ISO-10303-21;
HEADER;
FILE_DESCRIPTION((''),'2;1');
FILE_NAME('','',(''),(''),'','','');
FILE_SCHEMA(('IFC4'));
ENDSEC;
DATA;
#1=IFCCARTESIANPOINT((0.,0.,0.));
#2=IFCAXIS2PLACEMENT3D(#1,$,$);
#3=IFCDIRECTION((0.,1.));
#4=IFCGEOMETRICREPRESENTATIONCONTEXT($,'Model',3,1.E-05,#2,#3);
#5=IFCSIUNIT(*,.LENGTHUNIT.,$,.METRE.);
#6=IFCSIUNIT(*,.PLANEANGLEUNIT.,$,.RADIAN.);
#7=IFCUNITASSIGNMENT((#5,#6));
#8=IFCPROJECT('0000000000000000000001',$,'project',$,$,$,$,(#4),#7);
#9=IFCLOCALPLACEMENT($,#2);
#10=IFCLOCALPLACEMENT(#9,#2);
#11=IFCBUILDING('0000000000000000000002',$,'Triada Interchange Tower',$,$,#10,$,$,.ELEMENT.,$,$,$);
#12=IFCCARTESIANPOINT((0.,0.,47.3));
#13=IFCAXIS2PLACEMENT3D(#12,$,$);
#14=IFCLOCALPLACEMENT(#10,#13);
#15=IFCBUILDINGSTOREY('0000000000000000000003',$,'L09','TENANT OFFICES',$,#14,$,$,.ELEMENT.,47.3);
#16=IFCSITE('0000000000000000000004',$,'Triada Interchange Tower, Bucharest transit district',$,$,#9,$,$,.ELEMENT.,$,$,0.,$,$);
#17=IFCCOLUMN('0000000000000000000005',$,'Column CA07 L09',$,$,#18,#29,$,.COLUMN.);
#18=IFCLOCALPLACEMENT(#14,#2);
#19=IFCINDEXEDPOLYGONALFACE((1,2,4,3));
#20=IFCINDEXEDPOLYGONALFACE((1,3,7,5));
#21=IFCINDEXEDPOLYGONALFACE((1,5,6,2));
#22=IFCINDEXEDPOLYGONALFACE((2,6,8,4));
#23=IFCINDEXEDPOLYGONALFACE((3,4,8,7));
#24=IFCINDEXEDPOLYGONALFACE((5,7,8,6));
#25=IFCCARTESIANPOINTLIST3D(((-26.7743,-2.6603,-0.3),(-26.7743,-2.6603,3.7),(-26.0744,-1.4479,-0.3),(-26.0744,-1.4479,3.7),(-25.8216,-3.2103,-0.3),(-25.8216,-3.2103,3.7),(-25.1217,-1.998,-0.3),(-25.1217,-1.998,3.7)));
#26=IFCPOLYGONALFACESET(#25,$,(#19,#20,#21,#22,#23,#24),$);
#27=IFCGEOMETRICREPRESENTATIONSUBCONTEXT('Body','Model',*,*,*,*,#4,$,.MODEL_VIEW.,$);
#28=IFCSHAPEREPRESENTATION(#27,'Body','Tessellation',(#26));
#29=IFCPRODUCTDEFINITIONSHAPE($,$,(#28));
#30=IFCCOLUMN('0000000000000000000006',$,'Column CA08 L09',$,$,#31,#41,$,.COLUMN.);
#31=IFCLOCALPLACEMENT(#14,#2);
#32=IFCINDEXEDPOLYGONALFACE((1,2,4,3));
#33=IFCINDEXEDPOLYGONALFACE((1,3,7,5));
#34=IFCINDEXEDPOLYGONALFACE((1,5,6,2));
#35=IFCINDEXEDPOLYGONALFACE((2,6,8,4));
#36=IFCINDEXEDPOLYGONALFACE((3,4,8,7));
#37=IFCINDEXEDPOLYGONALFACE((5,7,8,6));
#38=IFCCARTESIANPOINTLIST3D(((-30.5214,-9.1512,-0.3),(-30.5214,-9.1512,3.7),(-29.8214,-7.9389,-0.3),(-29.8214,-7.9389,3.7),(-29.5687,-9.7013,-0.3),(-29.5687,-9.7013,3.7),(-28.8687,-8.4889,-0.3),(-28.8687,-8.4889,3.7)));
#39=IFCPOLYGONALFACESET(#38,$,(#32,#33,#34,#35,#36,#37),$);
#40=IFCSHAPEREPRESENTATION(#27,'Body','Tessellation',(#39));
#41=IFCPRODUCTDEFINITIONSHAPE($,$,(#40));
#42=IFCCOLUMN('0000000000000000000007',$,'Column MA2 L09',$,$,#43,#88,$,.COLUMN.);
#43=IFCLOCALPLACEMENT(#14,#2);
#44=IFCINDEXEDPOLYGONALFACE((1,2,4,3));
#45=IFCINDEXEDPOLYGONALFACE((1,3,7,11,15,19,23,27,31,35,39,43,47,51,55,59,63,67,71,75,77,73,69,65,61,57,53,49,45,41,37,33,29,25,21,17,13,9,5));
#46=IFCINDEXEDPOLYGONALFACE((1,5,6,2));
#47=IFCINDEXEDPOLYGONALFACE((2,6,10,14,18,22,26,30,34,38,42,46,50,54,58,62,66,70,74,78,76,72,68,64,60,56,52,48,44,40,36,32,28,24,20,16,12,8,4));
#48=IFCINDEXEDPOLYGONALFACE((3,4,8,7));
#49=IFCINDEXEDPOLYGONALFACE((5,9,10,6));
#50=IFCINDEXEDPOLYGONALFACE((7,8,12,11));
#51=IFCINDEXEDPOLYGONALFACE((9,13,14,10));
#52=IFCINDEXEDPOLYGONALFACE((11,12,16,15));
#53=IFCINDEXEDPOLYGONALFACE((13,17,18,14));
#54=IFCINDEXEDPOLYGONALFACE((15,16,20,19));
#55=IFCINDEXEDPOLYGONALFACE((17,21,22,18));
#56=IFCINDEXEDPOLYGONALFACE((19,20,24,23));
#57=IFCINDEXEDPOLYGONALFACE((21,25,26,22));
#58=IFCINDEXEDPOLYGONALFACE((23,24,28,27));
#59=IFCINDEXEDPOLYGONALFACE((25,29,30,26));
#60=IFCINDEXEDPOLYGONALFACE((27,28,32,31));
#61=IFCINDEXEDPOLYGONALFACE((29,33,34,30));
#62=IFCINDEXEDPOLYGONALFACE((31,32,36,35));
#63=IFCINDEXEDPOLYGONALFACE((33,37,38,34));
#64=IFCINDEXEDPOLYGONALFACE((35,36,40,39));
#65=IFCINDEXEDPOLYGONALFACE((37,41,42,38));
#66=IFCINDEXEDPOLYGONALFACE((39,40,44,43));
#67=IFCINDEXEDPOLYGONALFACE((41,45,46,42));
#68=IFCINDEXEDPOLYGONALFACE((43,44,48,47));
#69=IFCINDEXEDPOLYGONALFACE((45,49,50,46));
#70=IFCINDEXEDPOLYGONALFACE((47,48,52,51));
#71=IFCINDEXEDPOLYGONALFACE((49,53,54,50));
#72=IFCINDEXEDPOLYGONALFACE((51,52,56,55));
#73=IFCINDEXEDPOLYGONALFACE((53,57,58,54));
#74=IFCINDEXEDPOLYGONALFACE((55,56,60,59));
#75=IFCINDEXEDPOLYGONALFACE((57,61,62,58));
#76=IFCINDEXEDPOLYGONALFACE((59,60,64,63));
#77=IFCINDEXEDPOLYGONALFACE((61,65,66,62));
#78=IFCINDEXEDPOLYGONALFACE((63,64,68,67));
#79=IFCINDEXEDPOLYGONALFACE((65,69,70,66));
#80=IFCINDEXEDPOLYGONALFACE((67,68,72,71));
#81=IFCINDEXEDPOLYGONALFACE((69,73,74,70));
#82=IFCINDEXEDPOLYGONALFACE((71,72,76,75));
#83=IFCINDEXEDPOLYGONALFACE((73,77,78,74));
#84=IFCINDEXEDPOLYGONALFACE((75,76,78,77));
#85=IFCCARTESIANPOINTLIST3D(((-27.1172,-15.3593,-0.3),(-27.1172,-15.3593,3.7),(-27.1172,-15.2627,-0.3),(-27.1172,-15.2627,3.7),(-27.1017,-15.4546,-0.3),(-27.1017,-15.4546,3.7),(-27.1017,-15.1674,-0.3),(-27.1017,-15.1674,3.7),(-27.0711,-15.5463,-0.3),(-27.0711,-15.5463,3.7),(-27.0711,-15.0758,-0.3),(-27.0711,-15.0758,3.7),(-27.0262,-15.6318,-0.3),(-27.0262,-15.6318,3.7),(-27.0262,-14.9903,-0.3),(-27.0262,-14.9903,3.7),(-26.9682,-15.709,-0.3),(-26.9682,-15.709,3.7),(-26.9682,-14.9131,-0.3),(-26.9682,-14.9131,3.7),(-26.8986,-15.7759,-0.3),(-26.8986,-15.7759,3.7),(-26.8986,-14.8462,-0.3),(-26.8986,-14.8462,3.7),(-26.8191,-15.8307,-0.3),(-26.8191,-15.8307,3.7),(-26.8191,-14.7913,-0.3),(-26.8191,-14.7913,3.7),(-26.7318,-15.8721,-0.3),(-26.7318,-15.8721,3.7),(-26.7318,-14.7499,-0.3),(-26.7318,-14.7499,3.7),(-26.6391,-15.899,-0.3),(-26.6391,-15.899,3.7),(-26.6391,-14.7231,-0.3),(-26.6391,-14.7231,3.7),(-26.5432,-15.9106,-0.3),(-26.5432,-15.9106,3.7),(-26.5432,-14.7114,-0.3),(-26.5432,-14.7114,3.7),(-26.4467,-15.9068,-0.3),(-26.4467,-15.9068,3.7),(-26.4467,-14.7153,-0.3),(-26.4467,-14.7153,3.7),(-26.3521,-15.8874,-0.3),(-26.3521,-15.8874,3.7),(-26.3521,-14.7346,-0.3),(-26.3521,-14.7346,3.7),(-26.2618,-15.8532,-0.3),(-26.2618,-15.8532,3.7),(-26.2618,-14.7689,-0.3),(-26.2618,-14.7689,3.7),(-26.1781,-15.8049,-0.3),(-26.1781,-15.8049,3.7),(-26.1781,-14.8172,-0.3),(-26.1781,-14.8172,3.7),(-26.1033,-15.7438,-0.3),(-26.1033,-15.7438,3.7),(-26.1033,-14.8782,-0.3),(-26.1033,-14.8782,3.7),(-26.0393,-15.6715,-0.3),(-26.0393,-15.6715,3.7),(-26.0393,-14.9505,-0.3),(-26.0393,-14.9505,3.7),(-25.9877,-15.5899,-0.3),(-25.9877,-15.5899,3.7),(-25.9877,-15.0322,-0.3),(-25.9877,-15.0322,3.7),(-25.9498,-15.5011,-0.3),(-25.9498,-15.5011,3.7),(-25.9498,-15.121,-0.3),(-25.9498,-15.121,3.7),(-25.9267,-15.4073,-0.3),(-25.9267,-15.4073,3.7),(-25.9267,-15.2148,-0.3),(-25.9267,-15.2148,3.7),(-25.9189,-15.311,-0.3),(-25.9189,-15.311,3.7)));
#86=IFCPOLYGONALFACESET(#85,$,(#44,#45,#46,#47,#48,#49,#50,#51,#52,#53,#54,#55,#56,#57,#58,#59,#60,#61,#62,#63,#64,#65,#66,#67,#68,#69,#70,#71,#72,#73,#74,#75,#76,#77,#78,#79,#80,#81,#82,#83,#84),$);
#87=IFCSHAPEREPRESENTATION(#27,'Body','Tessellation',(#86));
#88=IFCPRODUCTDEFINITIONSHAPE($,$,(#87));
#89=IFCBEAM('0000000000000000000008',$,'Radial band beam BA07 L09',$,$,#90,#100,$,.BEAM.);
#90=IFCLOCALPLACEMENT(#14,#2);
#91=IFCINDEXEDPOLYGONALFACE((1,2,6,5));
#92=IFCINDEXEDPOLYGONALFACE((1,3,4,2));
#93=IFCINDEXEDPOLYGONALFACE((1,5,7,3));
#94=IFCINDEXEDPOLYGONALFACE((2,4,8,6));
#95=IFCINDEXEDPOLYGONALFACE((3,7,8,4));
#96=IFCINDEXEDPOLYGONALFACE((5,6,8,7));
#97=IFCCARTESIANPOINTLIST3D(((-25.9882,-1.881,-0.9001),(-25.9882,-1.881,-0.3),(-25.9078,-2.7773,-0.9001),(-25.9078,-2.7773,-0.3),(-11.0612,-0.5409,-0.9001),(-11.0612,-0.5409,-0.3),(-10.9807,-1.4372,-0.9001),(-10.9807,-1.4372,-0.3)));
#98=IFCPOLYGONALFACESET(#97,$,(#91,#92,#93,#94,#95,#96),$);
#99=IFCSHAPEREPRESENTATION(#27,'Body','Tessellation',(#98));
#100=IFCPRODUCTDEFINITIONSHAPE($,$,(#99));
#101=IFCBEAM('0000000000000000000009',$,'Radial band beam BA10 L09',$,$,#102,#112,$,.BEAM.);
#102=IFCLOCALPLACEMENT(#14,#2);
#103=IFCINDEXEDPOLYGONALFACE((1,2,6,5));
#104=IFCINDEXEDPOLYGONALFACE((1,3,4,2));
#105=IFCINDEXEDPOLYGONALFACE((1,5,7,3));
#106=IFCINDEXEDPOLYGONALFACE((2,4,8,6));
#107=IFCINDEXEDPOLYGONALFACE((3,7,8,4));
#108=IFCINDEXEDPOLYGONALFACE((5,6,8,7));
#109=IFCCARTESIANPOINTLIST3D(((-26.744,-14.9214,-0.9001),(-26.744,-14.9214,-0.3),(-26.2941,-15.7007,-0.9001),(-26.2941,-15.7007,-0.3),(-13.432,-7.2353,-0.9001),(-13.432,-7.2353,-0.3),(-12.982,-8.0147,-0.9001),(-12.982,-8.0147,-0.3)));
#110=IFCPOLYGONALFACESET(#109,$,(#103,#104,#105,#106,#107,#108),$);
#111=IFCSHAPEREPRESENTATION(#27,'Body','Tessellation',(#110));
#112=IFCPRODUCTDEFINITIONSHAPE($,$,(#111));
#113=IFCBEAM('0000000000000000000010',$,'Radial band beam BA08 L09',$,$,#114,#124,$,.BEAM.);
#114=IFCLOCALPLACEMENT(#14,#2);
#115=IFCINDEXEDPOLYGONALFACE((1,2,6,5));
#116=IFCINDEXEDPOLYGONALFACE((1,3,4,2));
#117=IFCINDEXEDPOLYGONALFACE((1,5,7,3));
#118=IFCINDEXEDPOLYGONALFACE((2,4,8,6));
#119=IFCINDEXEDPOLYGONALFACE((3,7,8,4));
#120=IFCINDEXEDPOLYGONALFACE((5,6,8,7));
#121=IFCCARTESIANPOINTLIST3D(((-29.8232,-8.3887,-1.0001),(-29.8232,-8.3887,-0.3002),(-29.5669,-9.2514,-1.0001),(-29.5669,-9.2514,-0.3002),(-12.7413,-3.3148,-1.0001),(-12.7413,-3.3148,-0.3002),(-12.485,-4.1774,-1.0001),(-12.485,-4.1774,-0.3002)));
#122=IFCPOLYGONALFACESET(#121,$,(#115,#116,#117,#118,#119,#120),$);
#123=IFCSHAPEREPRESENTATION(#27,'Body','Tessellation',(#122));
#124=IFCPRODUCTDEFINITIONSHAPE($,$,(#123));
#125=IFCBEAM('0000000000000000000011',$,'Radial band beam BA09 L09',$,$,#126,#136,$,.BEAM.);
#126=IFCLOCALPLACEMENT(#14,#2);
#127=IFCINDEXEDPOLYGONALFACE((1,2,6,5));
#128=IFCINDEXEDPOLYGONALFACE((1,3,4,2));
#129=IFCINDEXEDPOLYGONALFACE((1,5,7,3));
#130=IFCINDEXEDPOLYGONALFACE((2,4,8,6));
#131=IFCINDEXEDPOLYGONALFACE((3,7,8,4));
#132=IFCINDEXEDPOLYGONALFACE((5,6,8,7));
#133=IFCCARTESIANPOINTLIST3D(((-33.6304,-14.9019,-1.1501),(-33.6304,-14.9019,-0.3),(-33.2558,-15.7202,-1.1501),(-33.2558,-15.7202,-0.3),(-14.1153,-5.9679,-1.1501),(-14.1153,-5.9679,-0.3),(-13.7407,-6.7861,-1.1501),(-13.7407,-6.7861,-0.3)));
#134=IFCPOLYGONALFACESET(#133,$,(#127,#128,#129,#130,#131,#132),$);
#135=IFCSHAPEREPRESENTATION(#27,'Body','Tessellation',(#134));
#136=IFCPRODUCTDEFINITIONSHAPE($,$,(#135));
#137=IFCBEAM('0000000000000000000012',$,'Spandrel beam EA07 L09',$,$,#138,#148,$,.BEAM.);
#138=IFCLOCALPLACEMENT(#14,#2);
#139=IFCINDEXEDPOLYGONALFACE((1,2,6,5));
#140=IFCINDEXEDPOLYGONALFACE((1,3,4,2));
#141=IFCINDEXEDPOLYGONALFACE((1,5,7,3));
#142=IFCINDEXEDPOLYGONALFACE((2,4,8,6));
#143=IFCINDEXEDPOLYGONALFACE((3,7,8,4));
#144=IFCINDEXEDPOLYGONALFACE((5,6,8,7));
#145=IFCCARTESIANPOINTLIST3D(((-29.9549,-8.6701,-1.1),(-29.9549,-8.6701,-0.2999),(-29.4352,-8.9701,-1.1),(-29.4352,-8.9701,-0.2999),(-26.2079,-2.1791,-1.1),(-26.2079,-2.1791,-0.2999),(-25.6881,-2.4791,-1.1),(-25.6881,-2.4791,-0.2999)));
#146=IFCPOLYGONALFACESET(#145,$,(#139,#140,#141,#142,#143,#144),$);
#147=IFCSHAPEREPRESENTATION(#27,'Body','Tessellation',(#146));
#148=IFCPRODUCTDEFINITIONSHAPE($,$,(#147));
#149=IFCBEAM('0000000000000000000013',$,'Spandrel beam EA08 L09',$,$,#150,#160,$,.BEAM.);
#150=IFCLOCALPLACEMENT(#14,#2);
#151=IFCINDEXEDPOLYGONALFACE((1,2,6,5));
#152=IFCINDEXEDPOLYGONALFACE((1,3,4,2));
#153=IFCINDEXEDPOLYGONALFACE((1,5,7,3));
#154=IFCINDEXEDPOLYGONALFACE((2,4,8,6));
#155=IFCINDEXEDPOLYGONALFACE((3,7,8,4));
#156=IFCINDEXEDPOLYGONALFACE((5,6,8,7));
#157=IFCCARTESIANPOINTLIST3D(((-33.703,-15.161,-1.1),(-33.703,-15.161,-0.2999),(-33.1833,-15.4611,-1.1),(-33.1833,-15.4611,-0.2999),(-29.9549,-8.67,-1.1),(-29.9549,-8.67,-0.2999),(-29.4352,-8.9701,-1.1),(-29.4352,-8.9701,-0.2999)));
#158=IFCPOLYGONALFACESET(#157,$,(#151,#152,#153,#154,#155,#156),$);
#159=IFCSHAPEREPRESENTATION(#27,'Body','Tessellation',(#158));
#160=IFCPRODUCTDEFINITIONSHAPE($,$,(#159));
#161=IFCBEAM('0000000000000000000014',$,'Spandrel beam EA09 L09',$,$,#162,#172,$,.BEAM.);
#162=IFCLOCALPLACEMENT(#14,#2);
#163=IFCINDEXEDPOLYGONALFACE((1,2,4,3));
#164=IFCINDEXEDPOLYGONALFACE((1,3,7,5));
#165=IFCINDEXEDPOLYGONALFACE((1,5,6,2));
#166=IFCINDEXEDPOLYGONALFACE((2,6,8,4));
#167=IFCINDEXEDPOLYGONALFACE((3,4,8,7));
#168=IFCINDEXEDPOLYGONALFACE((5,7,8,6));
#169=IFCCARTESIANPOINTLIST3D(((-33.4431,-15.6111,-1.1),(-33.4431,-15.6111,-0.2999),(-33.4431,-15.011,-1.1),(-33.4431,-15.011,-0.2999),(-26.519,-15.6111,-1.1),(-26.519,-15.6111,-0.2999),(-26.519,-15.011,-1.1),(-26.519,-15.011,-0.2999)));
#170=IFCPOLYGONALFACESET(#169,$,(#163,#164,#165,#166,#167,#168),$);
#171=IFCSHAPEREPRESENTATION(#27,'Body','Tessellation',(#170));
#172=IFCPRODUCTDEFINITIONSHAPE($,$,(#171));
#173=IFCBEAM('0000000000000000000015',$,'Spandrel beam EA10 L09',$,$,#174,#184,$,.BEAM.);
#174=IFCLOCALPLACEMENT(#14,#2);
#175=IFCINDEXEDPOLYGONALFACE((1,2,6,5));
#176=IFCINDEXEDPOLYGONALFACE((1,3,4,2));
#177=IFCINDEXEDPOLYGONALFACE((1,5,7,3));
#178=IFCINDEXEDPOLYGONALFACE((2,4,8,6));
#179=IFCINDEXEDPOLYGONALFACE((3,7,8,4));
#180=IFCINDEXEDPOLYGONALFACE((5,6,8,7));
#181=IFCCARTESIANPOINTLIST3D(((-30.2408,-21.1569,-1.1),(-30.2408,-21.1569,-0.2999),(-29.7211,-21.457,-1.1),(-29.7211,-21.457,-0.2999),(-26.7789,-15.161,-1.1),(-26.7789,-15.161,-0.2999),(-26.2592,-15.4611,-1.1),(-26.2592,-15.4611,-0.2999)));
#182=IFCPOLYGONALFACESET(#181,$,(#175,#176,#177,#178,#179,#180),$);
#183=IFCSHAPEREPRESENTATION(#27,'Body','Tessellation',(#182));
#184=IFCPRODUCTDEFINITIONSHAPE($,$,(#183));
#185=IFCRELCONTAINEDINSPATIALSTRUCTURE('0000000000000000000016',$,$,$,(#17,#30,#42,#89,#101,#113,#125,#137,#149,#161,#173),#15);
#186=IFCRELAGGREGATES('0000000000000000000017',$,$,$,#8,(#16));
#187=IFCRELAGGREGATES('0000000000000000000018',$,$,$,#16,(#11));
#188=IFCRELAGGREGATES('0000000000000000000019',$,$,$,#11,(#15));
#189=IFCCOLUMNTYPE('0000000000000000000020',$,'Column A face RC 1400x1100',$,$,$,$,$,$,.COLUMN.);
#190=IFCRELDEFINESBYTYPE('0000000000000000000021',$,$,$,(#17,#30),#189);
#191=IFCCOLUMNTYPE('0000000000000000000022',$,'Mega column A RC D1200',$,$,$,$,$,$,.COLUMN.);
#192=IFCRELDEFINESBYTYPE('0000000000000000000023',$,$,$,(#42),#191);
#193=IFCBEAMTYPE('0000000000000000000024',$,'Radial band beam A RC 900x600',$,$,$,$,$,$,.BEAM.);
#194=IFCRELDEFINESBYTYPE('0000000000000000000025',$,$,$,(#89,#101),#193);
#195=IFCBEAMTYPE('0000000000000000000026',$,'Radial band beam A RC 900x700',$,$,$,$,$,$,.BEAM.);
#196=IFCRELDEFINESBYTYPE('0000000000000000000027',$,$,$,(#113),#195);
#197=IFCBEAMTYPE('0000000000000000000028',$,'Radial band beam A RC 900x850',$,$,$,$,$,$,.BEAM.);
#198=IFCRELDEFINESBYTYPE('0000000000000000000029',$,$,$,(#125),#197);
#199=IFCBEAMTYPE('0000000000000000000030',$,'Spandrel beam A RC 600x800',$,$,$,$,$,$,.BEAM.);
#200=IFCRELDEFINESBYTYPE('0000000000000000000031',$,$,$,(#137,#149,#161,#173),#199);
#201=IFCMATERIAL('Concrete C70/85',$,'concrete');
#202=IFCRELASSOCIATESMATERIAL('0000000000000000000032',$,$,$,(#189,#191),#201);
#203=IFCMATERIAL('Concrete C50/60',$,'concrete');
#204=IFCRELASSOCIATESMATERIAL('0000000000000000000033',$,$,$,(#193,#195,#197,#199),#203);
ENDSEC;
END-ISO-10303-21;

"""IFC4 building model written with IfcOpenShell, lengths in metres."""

from ifc_helpers import new_model, si_unit, direction, frame, origin, origin_2d, place, context, subcontext, project, spatial, rectangle, circle, extrude, material, material_profile, profile_set, type_object, element, save


model = new_model("IFC4")

# Units and contexts
model_context = context("Model", 3, precision=1e-05, world=origin(), true_north=direction((0.0, 1.0)))
body_context = subcontext(model_context, "Body", "Model", "MODEL_VIEW")
ifc_project = project(units=[si_unit("LENGTHUNIT", "METRE"), si_unit("PLANEANGLEUNIT", "RADIAN")], contexts=[model_context])

# Site, building, storey
site_placement = place(None, origin())
site = spatial("IfcSite", under=ifc_project, at=site_placement, Name="Triada Interchange Tower, Bucharest transit district", CompositionType="ELEMENT", RefElevation=0.0)
building_placement = place(site_placement, origin())
building = spatial("IfcBuilding", under=site, at=building_placement, Name="Triada Interchange Tower", CompositionType="ELEMENT")
storey_placement = place(building_placement, frame((0.0, 0.0, 47.3)))
storey = spatial("IfcBuildingStorey", under=building, at=storey_placement, Name="L09", Description="TENANT OFFICES", CompositionType="ELEMENT", Elevation=47.3)

# Columns
ifc_material_1 = material(Name="Concrete C70/85", Category="concrete")
ifc_material_profile_1 = material_profile(ifc_material_1, rectangle(XDim=1.3999, YDim=1.1001, at=origin_2d()), Name="RC 1400x1100")
ifc_profile_set_1 = profile_set([ifc_material_profile_1], Name="Concrete C70/85")
column_type_1 = type_object("IfcColumnType", Name="Column A face RC 1400x1100", PredefinedType="COLUMN", material=ifc_profile_set_1)
for number, where, z_axis, x_axis, name in (
    (1, (-25.948, -2.3291, -0.3), (0.0, 0.0, 1.0), (0.5, 0.866025, 0.0), "Column CA07 L09"),
    (2, (-29.6951, -8.8201, -0.3), (0.0, 0.0, 1.0), (0.5, 0.866025, 0.0), "Column CA08 L09"),
):
    element("IfcColumn", number, at=place(storey_placement, frame(where, z_axis=z_axis, x_axis=x_axis)), inside=storey, type_object=column_type_1, Name=name, PredefinedType="COLUMN", context=body_context, shape_type="SweptSolid", body=[
        extrude(rectangle(XDim=1.3999, YDim=1.1001, at=origin_2d()), origin(), (0.0, 0.0, 1.0), 4.0),
    ])
ifc_material_profile_2 = material_profile(ifc_material_1, circle(Radius=0.6001, at=origin_2d()), Name="RC D1200")
ifc_profile_set_2 = profile_set([ifc_material_profile_2], Name="Concrete C70/85")
column_type_2 = type_object("IfcColumnType", Name="Mega column A RC D1200", PredefinedType="COLUMN", material=ifc_profile_set_2)
column_placement = place(storey_placement, frame((-26.519, -15.311, -0.3), z_axis=(0.0, 0.0, 1.0), x_axis=(1.0, 0.0, 0.0)))
element("IfcColumn", 3, at=column_placement, inside=storey, type_object=column_type_2, Name="Column MA2 L09", PredefinedType="COLUMN", context=body_context, shape_type="SweptSolid", body=[
    extrude(circle(Radius=0.6001, at=origin_2d()), origin(), (0.0, 0.0, 1.0), 4.0),
])

# Beams
ifc_material_2 = material(Name="Concrete C50/60", Category="concrete")
ifc_material_profile_3 = material_profile(ifc_material_2, rectangle(XDim=0.8999, YDim=0.6001, at=origin_2d()), Name="RC 900x600")
ifc_profile_set_3 = profile_set([ifc_material_profile_3], Name="Concrete C50/60")
beam_type_1 = type_object("IfcBeamType", Name="Radial band beam A RC 900x600", PredefinedType="BEAM", material=ifc_profile_set_3)
beam_1_placement = place(storey_placement, frame((-25.948, -2.3291, -0.6001), z_axis=(0.995994, 0.089416, 0.0), x_axis=(-0.089416, 0.995994, 0.0)))
element("IfcBeam", 4, at=beam_1_placement, inside=storey, type_object=beam_type_1, Name="Radial band beam BA07 L09", PredefinedType="BEAM", context=body_context, shape_type="SweptSolid", body=[
    extrude(rectangle(XDim=0.8999, YDim=0.6001, at=origin_2d()), origin(), (0.0, 0.0, 1.0), 14.9871),
])
beam_2_placement = place(storey_placement, frame((-26.519, -15.311, -0.6001), z_axis=(0.866016, 0.500017, 0.0), x_axis=(-0.500017, 0.866016, 0.0)))
element("IfcBeam", 5, at=beam_2_placement, inside=storey, type_object=beam_type_1, Name="Radial band beam BA10 L09", PredefinedType="BEAM", context=body_context, shape_type="SweptSolid", body=[
    extrude(rectangle(XDim=0.8999, YDim=0.6001, at=origin_2d()), origin(), (0.0, 0.0, 1.0), 15.3716),
])
ifc_material_profile_4 = material_profile(ifc_material_2, rectangle(XDim=0.8999, YDim=0.7, at=origin_2d()), Name="RC 900x700")
ifc_profile_set_4 = profile_set([ifc_material_profile_4], Name="Concrete C50/60")
beam_type_2 = type_object("IfcBeamType", Name="Radial band beam A RC 900x700", PredefinedType="BEAM", material=ifc_profile_set_4)
beam_3_placement = place(storey_placement, frame((-29.6951, -8.8201, -0.6501), z_axis=(0.958605, 0.28474, 0.0), x_axis=(-0.28474, 0.958605, 0.0)))
element("IfcBeam", 6, at=beam_3_placement, inside=storey, type_object=beam_type_2, Name="Radial band beam BA08 L09", PredefinedType="BEAM", context=body_context, shape_type="SweptSolid", body=[
    extrude(rectangle(XDim=0.8999, YDim=0.7, at=origin_2d()), origin(), (0.0, 0.0, 1.0), 17.8196),
])
ifc_material_profile_5 = material_profile(ifc_material_2, rectangle(XDim=0.8999, YDim=0.8501, at=origin_2d()), Name="RC 900x850")
ifc_profile_set_5 = profile_set([ifc_material_profile_5], Name="Concrete C50/60")
beam_type_3 = type_object("IfcBeamType", Name="Radial band beam A RC 900x850", PredefinedType="BEAM", material=ifc_profile_set_5)
beam_4_placement = place(storey_placement, frame((-33.4431, -15.311, -0.7251), z_axis=(0.909247, 0.416256, 0.0), x_axis=(-0.416256, 0.909247, 0.0)))
element("IfcBeam", 7, at=beam_4_placement, inside=storey, type_object=beam_type_3, Name="Radial band beam BA09 L09", PredefinedType="BEAM", context=body_context, shape_type="SweptSolid", body=[
    extrude(rectangle(XDim=0.8999, YDim=0.8501, at=origin_2d()), origin(), (0.0, 0.0, 1.0), 21.4629),
])
ifc_material_profile_6 = material_profile(ifc_material_2, rectangle(XDim=0.6001, YDim=0.8, at=origin_2d()), Name="RC 600x800")
ifc_profile_set_6 = profile_set([ifc_material_profile_6], Name="Concrete C50/60")
beam_type_4 = type_object("IfcBeamType", Name="Spandrel beam A RC 600x800", PredefinedType="BEAM", material=ifc_profile_set_6)
beam_5_placement = place(storey_placement, frame((-25.948, -2.3291, -0.7), z_axis=(-0.499951, -0.866054, 0.0), x_axis=(0.866054, -0.499951, 0.0)))
element("IfcBeam", 8, at=beam_5_placement, inside=storey, type_object=beam_type_4, Name="Spandrel beam EA07 L09", PredefinedType="BEAM", context=body_context, shape_type="SweptSolid", body=[
    extrude(rectangle(XDim=0.6001, YDim=0.8, at=origin_2d()), origin(), (0.0, 0.0, 1.0), 7.4949),
])
beam_6_placement = place(storey_placement, frame((-29.6951, -8.8201, -0.7), z_axis=(-0.500049, -0.865997, 0.0), x_axis=(0.865997, -0.500049, 0.0)))
element("IfcBeam", 9, at=beam_6_placement, inside=storey, type_object=beam_type_4, Name="Spandrel beam EA08 L09", PredefinedType="BEAM", context=body_context, shape_type="SweptSolid", body=[
    extrude(rectangle(XDim=0.6001, YDim=0.8, at=origin_2d()), origin(), (0.0, 0.0, 1.0), 7.4954),
])
beam_7_placement = place(storey_placement, frame((-33.4431, -15.311, -0.7), z_axis=(1.0, 0.0, 0.0), x_axis=(0.0, 1.0, 0.0)))
element("IfcBeam", 10, at=beam_7_placement, inside=storey, type_object=beam_type_4, Name="Spandrel beam EA09 L09", PredefinedType="BEAM", context=body_context, shape_type="SweptSolid", body=[
    extrude(rectangle(XDim=0.6001, YDim=0.8, at=origin_2d()), origin(), (0.0, 0.0, 1.0), 6.9241),
])
beam_8_placement = place(storey_placement, frame((-26.519, -15.311, -0.7), z_axis=(-0.500023, -0.866012, 0.0), x_axis=(0.866012, -0.500023, 0.0)))
element("IfcBeam", 11, at=beam_8_placement, inside=storey, type_object=beam_type_4, Name="Spandrel beam EA10 L09", PredefinedType="BEAM", context=body_context, shape_type="SweptSolid", body=[
    extrude(rectangle(XDim=0.6001, YDim=0.8, at=origin_2d()), origin(), (0.0, 0.0, 1.0), 6.9236),
])

save(model, "model.ifc")
